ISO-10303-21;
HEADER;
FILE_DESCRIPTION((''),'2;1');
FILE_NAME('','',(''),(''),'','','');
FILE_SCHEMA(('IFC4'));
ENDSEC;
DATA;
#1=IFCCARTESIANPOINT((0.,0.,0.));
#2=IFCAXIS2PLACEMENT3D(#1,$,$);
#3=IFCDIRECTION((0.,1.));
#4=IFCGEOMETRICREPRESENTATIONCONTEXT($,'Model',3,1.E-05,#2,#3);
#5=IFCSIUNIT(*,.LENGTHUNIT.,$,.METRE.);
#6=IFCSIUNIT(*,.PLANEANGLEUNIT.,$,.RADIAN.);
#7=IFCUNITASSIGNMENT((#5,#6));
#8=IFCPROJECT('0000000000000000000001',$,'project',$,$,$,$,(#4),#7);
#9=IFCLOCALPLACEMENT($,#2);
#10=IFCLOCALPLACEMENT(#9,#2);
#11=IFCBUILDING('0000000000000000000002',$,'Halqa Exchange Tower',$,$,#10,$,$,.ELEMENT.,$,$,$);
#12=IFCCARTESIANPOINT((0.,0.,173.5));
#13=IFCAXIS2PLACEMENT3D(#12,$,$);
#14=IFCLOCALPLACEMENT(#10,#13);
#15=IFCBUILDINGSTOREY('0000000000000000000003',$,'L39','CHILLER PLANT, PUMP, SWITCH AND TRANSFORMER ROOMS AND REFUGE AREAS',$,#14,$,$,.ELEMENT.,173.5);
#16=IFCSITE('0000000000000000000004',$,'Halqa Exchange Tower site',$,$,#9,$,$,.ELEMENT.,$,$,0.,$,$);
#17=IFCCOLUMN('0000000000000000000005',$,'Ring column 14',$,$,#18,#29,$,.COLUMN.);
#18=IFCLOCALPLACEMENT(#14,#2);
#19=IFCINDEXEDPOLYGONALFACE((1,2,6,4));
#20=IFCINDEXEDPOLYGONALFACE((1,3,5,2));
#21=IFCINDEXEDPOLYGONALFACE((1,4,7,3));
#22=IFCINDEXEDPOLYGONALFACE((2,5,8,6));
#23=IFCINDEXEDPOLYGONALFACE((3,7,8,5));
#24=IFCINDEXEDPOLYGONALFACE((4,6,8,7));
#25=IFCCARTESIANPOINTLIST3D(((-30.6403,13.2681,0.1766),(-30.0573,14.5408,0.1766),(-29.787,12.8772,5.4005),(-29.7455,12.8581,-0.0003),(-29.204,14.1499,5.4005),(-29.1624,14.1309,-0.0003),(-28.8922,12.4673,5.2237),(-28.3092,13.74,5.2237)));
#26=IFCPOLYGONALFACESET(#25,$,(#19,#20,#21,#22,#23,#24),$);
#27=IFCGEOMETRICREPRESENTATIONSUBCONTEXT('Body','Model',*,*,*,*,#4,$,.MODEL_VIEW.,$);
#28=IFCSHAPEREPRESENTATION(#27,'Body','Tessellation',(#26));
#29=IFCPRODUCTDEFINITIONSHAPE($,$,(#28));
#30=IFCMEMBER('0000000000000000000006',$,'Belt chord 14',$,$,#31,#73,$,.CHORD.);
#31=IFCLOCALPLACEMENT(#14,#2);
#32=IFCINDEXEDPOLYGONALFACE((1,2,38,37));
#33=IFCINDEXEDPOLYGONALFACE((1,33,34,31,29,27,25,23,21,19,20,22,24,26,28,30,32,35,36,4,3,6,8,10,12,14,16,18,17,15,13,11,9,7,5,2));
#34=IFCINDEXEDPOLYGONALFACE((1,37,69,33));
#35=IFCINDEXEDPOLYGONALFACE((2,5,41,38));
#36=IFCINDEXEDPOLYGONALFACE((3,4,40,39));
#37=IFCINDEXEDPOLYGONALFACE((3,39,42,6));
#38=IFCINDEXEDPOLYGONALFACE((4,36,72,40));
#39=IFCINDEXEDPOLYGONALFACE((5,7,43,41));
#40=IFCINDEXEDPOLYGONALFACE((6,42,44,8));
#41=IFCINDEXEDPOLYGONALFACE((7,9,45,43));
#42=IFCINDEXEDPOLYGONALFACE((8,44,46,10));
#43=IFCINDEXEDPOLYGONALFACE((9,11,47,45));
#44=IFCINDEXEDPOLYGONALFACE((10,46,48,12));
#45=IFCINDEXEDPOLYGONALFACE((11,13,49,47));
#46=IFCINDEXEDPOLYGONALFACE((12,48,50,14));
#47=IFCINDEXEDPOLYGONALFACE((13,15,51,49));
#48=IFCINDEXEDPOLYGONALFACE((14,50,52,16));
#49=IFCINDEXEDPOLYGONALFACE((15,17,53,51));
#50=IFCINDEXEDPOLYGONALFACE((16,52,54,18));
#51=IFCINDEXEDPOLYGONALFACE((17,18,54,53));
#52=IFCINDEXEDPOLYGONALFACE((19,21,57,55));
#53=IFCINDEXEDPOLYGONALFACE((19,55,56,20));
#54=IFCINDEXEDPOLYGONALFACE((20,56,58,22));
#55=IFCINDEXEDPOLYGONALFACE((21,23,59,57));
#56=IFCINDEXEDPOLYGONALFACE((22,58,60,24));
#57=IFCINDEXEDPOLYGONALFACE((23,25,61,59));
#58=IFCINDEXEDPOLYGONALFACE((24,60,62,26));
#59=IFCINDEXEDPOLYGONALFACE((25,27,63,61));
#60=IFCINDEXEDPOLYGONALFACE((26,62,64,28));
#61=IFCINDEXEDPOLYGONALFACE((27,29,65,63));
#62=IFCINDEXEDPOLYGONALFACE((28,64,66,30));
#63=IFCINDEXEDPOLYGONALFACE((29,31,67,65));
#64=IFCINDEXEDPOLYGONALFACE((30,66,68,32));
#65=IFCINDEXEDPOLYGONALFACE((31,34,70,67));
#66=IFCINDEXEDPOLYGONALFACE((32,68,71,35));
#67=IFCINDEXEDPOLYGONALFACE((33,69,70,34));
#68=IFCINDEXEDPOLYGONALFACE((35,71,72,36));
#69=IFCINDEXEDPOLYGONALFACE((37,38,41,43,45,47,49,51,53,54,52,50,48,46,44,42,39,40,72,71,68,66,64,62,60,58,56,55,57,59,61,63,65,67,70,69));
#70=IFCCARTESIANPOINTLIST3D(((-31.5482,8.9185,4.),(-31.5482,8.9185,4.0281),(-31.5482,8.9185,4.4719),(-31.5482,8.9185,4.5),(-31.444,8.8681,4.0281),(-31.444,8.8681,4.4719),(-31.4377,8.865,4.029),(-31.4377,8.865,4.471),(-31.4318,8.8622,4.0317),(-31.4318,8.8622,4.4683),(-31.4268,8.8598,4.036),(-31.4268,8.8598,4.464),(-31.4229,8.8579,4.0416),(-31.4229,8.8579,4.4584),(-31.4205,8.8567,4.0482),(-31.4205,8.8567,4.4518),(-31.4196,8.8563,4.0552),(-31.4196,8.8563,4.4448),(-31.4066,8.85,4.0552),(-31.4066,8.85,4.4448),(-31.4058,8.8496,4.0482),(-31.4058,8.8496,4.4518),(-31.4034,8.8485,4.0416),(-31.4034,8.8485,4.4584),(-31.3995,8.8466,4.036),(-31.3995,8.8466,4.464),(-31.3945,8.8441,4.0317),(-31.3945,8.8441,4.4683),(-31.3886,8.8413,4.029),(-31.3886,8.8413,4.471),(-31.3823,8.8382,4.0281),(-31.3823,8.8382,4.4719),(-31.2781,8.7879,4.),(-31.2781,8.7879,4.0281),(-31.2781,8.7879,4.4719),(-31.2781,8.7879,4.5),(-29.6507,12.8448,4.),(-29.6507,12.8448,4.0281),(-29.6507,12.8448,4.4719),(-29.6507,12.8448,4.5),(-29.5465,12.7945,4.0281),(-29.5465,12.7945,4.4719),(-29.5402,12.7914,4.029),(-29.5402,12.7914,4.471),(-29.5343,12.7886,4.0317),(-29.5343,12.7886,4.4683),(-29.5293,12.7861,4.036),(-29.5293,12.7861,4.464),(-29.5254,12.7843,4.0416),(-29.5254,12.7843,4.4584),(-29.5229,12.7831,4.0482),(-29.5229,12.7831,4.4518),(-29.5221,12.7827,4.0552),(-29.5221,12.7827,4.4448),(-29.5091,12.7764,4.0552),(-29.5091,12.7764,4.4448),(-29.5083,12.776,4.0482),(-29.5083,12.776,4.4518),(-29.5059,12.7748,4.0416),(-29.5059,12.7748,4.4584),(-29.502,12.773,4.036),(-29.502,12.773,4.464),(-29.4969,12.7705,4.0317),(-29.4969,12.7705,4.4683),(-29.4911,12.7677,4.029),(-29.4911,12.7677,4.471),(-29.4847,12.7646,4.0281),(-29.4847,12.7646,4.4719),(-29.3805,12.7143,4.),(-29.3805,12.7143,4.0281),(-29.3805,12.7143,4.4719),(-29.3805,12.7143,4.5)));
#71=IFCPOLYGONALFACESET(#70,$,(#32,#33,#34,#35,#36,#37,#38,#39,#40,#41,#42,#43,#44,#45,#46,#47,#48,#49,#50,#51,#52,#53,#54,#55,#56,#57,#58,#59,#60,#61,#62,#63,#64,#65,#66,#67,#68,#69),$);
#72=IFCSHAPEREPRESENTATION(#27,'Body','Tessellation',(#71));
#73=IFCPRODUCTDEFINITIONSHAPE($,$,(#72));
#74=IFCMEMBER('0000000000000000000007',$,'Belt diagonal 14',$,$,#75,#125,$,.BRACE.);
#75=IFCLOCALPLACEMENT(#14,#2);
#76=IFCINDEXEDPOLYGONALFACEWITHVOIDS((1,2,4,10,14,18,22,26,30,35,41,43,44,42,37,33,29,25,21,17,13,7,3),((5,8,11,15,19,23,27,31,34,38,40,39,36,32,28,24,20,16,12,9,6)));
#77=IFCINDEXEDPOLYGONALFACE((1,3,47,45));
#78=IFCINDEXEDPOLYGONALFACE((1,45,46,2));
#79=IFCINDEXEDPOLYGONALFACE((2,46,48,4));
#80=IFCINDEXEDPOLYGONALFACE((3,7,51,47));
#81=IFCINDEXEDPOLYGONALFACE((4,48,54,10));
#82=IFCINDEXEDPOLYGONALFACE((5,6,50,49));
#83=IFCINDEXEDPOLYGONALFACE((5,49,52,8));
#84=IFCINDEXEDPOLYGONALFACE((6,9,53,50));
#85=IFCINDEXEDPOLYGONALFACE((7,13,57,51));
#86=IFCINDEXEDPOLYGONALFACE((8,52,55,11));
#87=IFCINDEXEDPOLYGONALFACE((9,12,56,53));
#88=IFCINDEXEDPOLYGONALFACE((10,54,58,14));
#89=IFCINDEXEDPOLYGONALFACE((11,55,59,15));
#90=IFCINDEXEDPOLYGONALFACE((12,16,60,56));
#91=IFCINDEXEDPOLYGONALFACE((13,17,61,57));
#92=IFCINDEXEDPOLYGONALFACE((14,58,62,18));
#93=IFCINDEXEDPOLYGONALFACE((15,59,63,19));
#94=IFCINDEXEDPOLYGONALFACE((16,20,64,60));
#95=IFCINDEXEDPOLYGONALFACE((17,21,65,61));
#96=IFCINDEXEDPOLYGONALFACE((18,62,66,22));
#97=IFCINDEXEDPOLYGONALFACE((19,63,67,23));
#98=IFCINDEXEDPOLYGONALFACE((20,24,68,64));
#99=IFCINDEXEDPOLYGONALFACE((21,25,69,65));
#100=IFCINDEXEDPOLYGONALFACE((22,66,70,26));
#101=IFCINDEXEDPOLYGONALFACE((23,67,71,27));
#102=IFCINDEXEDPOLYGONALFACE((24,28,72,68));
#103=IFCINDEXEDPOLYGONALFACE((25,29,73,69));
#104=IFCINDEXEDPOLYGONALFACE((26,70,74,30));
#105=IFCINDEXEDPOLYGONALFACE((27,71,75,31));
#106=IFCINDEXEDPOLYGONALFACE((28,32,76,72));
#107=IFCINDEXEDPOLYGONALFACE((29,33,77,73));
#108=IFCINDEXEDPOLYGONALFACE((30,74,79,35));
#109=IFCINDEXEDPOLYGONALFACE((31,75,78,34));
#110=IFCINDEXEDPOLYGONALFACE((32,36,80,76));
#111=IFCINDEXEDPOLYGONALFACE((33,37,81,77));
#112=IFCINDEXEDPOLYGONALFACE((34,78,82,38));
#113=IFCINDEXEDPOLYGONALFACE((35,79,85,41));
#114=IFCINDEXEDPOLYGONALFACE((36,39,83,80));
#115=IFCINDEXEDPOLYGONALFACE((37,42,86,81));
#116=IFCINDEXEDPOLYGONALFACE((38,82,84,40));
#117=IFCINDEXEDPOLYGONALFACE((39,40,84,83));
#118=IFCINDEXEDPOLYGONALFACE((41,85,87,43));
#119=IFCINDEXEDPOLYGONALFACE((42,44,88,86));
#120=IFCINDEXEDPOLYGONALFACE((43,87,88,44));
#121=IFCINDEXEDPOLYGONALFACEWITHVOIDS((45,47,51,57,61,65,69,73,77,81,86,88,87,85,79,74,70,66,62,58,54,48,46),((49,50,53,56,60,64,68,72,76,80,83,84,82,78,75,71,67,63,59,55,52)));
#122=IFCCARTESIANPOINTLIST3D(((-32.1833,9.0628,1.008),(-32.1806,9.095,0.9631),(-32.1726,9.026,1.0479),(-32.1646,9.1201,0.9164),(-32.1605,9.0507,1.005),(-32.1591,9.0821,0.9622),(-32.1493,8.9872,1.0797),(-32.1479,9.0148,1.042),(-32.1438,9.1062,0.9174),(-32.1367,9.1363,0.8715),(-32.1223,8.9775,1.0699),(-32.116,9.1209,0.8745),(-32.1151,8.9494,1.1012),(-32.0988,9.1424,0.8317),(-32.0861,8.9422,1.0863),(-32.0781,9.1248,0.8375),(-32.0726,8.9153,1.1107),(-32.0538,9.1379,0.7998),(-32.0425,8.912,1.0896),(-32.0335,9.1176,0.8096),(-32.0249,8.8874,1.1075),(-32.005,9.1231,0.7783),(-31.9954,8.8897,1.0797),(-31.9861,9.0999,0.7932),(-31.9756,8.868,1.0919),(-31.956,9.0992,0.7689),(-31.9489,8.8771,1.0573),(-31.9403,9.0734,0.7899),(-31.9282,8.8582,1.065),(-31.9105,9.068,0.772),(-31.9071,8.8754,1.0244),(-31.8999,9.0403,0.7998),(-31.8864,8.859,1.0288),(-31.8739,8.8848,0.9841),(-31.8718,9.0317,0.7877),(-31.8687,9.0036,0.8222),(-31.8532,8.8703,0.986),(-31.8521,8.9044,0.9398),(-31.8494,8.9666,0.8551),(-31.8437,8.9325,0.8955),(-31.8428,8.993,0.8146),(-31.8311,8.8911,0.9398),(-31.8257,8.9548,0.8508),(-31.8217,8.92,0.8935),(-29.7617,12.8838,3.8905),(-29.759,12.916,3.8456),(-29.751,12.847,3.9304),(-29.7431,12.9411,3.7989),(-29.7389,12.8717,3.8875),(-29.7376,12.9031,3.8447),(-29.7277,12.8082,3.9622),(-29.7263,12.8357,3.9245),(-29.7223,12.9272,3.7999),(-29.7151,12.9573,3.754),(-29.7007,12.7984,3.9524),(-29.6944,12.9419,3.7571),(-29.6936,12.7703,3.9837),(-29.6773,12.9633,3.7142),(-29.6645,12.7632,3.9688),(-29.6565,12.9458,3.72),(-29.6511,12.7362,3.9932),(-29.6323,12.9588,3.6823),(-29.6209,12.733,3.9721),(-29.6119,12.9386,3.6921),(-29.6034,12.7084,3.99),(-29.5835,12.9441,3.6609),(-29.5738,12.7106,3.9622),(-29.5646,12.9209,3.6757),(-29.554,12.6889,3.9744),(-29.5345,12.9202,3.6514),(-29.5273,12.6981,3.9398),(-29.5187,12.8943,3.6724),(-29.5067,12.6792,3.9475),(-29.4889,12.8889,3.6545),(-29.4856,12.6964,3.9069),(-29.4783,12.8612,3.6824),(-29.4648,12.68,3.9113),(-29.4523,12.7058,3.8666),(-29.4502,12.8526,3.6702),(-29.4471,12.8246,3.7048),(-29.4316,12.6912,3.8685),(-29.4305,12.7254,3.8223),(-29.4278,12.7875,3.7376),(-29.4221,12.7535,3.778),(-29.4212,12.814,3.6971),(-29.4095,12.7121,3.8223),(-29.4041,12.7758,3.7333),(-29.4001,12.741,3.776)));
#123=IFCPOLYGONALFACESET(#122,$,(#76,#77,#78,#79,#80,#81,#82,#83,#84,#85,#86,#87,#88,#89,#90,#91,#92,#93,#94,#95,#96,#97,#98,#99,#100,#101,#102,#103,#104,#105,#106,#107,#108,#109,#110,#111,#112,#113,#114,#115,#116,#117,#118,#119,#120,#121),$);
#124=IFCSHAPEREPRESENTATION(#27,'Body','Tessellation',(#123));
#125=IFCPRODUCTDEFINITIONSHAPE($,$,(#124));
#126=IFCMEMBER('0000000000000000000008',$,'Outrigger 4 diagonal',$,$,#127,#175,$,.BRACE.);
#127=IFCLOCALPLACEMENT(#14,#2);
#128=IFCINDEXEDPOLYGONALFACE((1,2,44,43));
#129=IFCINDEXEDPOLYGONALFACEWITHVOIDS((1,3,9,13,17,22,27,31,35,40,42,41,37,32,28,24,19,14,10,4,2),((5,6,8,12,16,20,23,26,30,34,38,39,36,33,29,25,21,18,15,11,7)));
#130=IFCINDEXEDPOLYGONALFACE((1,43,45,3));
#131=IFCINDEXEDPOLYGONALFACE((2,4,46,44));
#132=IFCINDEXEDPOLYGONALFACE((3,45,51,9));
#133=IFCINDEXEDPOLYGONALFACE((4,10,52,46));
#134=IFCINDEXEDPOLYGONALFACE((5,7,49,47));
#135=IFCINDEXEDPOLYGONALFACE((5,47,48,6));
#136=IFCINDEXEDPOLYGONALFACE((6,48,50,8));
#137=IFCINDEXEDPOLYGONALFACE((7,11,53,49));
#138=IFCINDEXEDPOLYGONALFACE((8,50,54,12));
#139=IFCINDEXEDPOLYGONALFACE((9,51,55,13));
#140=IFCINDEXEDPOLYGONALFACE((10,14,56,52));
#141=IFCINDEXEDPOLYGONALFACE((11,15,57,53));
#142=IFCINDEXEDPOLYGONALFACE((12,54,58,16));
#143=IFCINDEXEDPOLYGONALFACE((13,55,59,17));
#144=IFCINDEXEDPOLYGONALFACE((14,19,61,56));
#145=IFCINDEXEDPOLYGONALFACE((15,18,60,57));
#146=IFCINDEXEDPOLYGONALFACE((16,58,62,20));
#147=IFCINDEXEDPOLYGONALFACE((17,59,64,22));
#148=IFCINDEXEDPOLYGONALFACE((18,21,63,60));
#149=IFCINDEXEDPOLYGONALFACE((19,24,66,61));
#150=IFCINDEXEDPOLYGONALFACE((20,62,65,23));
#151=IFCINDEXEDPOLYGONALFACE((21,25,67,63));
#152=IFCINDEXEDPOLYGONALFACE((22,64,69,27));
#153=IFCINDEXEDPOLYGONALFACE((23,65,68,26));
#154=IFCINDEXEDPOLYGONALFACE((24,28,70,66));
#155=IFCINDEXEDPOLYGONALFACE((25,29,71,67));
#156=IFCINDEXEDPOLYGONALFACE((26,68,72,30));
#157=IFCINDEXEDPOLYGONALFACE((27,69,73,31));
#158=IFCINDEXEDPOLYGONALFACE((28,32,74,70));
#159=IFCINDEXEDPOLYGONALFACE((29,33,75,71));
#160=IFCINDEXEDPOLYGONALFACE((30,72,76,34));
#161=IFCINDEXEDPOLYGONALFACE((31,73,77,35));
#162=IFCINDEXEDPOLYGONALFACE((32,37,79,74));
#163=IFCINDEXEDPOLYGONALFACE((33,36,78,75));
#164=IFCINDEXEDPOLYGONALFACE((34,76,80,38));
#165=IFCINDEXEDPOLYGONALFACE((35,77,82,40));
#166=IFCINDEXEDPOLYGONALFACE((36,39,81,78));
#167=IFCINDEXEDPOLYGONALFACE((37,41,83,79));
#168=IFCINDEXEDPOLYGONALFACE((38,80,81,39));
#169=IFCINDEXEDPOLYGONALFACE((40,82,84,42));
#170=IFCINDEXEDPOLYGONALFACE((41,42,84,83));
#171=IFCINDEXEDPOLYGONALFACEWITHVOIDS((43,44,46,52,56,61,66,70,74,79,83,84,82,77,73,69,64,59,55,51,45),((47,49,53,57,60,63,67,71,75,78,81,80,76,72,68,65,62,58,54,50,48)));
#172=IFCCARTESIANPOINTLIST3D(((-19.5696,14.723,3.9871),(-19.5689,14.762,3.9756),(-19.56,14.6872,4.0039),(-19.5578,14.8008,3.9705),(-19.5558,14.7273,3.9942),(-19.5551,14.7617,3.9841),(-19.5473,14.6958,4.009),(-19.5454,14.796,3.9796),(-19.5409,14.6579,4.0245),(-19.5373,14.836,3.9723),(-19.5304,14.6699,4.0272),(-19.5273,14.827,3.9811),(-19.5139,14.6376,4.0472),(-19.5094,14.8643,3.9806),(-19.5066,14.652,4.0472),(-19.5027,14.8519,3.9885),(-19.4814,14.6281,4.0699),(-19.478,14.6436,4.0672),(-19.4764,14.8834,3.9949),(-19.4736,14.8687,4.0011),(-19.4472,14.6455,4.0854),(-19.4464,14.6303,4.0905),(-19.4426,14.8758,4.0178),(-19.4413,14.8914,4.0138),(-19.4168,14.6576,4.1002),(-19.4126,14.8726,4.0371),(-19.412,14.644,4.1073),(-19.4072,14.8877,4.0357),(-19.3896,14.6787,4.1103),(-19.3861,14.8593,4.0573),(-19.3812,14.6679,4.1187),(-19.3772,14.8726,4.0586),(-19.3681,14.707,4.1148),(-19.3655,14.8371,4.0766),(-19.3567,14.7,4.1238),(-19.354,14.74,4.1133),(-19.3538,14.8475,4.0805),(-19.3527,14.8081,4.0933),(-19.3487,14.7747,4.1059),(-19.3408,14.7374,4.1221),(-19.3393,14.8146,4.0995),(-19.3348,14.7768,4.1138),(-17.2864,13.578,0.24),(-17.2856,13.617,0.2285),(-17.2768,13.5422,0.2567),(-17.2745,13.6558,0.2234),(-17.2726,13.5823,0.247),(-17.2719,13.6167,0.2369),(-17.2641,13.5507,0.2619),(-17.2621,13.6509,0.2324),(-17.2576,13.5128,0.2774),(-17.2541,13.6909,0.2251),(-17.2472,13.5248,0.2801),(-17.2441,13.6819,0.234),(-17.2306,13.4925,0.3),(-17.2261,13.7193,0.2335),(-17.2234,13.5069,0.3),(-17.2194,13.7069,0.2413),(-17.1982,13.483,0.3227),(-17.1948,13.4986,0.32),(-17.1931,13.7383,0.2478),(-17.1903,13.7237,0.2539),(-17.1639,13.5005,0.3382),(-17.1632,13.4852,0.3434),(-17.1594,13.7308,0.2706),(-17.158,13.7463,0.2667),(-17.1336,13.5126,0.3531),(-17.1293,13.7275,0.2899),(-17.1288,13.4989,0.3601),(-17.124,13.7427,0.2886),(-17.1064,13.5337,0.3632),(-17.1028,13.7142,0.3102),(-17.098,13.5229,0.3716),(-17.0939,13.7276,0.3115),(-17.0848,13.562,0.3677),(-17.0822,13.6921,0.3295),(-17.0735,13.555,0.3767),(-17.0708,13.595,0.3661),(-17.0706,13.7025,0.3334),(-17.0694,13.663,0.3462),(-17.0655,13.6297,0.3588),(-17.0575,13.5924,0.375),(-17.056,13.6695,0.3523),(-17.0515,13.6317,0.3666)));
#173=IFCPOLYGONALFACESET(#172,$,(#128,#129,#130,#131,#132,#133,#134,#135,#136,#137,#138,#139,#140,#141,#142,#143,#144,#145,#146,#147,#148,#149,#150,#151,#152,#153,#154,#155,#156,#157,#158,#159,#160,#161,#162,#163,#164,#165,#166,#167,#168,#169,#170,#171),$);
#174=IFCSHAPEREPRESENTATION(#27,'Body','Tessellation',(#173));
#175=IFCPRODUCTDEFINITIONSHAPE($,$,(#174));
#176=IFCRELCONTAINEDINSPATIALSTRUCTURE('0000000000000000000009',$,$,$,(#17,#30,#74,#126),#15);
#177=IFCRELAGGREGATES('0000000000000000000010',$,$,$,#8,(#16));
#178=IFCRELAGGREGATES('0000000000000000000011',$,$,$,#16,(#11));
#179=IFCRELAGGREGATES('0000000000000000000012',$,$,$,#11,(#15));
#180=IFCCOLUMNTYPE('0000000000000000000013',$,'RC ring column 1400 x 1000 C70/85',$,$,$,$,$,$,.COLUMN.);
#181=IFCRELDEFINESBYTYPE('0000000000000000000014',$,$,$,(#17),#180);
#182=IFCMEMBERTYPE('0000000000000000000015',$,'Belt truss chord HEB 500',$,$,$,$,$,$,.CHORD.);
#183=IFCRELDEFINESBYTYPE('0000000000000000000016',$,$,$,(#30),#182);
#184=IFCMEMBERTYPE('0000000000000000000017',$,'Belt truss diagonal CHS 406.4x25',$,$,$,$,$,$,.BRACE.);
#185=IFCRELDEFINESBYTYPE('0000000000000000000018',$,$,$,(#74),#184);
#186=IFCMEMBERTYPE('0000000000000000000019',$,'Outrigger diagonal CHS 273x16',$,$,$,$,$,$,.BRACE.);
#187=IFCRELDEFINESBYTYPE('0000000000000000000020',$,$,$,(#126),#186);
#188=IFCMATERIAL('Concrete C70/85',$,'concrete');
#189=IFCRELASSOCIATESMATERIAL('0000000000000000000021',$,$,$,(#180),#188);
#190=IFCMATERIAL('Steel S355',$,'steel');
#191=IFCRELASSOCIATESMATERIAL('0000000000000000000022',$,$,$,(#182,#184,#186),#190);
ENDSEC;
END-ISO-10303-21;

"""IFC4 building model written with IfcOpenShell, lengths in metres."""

from ifc_helpers import new_model, si_unit, direction, frame, origin, origin_2d, place, context, subcontext, project, spatial, rectangle, hollow_circle, i_section, extrude, material, material_profile, profile_set, type_object, element, save


model = new_model("IFC4")

# Units and contexts
model_context = context("Model", 3, precision=1e-05, world=origin(), true_north=direction((0.0, 1.0)))
body_context = subcontext(model_context, "Body", "Model", "MODEL_VIEW")
ifc_project = project(units=[si_unit("LENGTHUNIT", "METRE"), si_unit("PLANEANGLEUNIT", "RADIAN")], contexts=[model_context])

# Site, building, storey
site_placement = place(None, origin())
site = spatial("IfcSite", under=ifc_project, at=site_placement, Name="Halqa Exchange Tower site", CompositionType="ELEMENT", RefElevation=0.0)
building_placement = place(site_placement, origin())
building = spatial("IfcBuilding", under=site, at=building_placement, Name="Halqa Exchange Tower", CompositionType="ELEMENT")
storey_placement = place(building_placement, frame((0.0, 0.0, 173.5)))
storey = spatial("IfcBuildingStorey", under=building, at=storey_placement, Name="L39", Description="CHILLER PLANT, PUMP, SWITCH AND TRANSFORMER ROOMS AND REFUGE AREAS", CompositionType="ELEMENT", Elevation=173.5)

# Column
ifc_material_1 = material(Name="Concrete C70/85", Category="concrete")
ifc_material_profile_1 = material_profile(ifc_material_1, rectangle(XDim=1.3999, YDim=1.0, at=origin_2d()), Name="1400 x 1000")
ifc_profile_set_1 = profile_set([ifc_material_profile_1], Name="Concrete C70/85")
column_type = type_object("IfcColumnType", Name="RC ring column 1400 x 1000 C70/85", PredefinedType="COLUMN", material=ifc_profile_set_1)
column_placement = place(storey_placement, frame((-29.9014, 13.6995, 0.0881), z_axis=(0.160767, -0.073644, 0.984241), x_axis=(0.416467, 0.909151, 0.0)))
element("IfcColumn", 1, at=column_placement, inside=storey, type_object=column_type, Name="Ring column 14", PredefinedType="COLUMN", context=body_context, shape_type="SweptSolid", body=[
    extrude(rectangle(XDim=1.3999, YDim=1.0, at=origin_2d()), origin(), (0.0, 0.0, 1.0), 5.3076),
])

# Members
ifc_material_2 = material(Name="Steel S355", Category="steel")
ifc_material_profile_2 = material_profile(ifc_material_2, i_section(OverallWidth=0.3, OverallDepth=0.5, WebThickness=0.0144, FlangeThickness=0.0281, FilletRadius=0.0271, at=origin_2d()), Name="HEB 500")
ifc_profile_set_2 = profile_set([ifc_material_profile_2], Name="Steel S355")
member_type_1 = type_object("IfcMemberType", Name="Belt truss chord HEB 500", PredefinedType="CHORD", material=ifc_profile_set_2)
member_1_placement = place(storey_placement, frame((-29.5156, 12.7795, 4.25), z_axis=(-0.435125, -0.90037, 0.0), x_axis=(0.90037, -0.435125, 0.0)))
element("IfcMember", 2, at=member_1_placement, inside=storey, type_object=member_type_1, Name="Belt chord 14", PredefinedType="CHORD", context=body_context, shape_type="SweptSolid", body=[
    extrude(i_section(OverallWidth=0.3, OverallDepth=0.5, WebThickness=0.0144, FlangeThickness=0.0281, FilletRadius=0.0271, at=origin_2d()), origin(), (0.0, 0.0, 1.0), 4.3608),
])
ifc_material_profile_3 = material_profile(ifc_material_2, hollow_circle(Radius=0.2031, WallThickness=0.0249, at=origin_2d()), Name="CHS 406.4x25")
ifc_profile_set_3 = profile_set([ifc_material_profile_3], Name="Steel S355")
member_type_2 = type_object("IfcMemberType", Name="Belt truss diagonal CHS 406.4x25", PredefinedType="BRACE", material=ifc_profile_set_3)
member_2_placement = place(storey_placement, frame((-29.5811, 12.8208, 3.8223), z_axis=(-0.451449, -0.712333, -0.537379), x_axis=(0.844656, -0.53531, 0.0)))
element("IfcMember", 3, at=member_2_placement, inside=storey, type_object=member_type_2, Name="Belt diagonal 14", PredefinedType="BRACE", context=body_context, shape_type="SweptSolid", body=[
    extrude(hollow_circle(Radius=0.2031, WallThickness=0.0249, at=origin_2d()), origin(), (0.0, 0.0, 1.0), 5.364),
])
ifc_material_profile_4 = material_profile(ifc_material_2, hollow_circle(Radius=0.1365, WallThickness=0.0161, at=origin_2d()), Name="CHS 273x16")
ifc_profile_set_4 = profile_set([ifc_material_profile_4], Name="Steel S355")
member_type_3 = type_object("IfcMemberType", Name="Outrigger diagonal CHS 273x16", PredefinedType="BRACE", material=ifc_profile_set_4)
member_3_placement = place(storey_placement, frame((-17.1694, 13.6145, 0.3), z_axis=(-0.503482, 0.252495, 0.826288), x_axis=(-0.448284, -0.893891, 0.0)))
element("IfcMember", 4, at=member_3_placement, inside=storey, type_object=member_type_3, Name="Outrigger 4 diagonal", PredefinedType="BRACE", context=body_context, shape_type="SweptSolid", body=[
    extrude(hollow_circle(Radius=0.1365, WallThickness=0.0161, at=origin_2d()), origin(), (0.0, 0.0, 1.0), 4.5349),
])

save(model, "model.ifc")
